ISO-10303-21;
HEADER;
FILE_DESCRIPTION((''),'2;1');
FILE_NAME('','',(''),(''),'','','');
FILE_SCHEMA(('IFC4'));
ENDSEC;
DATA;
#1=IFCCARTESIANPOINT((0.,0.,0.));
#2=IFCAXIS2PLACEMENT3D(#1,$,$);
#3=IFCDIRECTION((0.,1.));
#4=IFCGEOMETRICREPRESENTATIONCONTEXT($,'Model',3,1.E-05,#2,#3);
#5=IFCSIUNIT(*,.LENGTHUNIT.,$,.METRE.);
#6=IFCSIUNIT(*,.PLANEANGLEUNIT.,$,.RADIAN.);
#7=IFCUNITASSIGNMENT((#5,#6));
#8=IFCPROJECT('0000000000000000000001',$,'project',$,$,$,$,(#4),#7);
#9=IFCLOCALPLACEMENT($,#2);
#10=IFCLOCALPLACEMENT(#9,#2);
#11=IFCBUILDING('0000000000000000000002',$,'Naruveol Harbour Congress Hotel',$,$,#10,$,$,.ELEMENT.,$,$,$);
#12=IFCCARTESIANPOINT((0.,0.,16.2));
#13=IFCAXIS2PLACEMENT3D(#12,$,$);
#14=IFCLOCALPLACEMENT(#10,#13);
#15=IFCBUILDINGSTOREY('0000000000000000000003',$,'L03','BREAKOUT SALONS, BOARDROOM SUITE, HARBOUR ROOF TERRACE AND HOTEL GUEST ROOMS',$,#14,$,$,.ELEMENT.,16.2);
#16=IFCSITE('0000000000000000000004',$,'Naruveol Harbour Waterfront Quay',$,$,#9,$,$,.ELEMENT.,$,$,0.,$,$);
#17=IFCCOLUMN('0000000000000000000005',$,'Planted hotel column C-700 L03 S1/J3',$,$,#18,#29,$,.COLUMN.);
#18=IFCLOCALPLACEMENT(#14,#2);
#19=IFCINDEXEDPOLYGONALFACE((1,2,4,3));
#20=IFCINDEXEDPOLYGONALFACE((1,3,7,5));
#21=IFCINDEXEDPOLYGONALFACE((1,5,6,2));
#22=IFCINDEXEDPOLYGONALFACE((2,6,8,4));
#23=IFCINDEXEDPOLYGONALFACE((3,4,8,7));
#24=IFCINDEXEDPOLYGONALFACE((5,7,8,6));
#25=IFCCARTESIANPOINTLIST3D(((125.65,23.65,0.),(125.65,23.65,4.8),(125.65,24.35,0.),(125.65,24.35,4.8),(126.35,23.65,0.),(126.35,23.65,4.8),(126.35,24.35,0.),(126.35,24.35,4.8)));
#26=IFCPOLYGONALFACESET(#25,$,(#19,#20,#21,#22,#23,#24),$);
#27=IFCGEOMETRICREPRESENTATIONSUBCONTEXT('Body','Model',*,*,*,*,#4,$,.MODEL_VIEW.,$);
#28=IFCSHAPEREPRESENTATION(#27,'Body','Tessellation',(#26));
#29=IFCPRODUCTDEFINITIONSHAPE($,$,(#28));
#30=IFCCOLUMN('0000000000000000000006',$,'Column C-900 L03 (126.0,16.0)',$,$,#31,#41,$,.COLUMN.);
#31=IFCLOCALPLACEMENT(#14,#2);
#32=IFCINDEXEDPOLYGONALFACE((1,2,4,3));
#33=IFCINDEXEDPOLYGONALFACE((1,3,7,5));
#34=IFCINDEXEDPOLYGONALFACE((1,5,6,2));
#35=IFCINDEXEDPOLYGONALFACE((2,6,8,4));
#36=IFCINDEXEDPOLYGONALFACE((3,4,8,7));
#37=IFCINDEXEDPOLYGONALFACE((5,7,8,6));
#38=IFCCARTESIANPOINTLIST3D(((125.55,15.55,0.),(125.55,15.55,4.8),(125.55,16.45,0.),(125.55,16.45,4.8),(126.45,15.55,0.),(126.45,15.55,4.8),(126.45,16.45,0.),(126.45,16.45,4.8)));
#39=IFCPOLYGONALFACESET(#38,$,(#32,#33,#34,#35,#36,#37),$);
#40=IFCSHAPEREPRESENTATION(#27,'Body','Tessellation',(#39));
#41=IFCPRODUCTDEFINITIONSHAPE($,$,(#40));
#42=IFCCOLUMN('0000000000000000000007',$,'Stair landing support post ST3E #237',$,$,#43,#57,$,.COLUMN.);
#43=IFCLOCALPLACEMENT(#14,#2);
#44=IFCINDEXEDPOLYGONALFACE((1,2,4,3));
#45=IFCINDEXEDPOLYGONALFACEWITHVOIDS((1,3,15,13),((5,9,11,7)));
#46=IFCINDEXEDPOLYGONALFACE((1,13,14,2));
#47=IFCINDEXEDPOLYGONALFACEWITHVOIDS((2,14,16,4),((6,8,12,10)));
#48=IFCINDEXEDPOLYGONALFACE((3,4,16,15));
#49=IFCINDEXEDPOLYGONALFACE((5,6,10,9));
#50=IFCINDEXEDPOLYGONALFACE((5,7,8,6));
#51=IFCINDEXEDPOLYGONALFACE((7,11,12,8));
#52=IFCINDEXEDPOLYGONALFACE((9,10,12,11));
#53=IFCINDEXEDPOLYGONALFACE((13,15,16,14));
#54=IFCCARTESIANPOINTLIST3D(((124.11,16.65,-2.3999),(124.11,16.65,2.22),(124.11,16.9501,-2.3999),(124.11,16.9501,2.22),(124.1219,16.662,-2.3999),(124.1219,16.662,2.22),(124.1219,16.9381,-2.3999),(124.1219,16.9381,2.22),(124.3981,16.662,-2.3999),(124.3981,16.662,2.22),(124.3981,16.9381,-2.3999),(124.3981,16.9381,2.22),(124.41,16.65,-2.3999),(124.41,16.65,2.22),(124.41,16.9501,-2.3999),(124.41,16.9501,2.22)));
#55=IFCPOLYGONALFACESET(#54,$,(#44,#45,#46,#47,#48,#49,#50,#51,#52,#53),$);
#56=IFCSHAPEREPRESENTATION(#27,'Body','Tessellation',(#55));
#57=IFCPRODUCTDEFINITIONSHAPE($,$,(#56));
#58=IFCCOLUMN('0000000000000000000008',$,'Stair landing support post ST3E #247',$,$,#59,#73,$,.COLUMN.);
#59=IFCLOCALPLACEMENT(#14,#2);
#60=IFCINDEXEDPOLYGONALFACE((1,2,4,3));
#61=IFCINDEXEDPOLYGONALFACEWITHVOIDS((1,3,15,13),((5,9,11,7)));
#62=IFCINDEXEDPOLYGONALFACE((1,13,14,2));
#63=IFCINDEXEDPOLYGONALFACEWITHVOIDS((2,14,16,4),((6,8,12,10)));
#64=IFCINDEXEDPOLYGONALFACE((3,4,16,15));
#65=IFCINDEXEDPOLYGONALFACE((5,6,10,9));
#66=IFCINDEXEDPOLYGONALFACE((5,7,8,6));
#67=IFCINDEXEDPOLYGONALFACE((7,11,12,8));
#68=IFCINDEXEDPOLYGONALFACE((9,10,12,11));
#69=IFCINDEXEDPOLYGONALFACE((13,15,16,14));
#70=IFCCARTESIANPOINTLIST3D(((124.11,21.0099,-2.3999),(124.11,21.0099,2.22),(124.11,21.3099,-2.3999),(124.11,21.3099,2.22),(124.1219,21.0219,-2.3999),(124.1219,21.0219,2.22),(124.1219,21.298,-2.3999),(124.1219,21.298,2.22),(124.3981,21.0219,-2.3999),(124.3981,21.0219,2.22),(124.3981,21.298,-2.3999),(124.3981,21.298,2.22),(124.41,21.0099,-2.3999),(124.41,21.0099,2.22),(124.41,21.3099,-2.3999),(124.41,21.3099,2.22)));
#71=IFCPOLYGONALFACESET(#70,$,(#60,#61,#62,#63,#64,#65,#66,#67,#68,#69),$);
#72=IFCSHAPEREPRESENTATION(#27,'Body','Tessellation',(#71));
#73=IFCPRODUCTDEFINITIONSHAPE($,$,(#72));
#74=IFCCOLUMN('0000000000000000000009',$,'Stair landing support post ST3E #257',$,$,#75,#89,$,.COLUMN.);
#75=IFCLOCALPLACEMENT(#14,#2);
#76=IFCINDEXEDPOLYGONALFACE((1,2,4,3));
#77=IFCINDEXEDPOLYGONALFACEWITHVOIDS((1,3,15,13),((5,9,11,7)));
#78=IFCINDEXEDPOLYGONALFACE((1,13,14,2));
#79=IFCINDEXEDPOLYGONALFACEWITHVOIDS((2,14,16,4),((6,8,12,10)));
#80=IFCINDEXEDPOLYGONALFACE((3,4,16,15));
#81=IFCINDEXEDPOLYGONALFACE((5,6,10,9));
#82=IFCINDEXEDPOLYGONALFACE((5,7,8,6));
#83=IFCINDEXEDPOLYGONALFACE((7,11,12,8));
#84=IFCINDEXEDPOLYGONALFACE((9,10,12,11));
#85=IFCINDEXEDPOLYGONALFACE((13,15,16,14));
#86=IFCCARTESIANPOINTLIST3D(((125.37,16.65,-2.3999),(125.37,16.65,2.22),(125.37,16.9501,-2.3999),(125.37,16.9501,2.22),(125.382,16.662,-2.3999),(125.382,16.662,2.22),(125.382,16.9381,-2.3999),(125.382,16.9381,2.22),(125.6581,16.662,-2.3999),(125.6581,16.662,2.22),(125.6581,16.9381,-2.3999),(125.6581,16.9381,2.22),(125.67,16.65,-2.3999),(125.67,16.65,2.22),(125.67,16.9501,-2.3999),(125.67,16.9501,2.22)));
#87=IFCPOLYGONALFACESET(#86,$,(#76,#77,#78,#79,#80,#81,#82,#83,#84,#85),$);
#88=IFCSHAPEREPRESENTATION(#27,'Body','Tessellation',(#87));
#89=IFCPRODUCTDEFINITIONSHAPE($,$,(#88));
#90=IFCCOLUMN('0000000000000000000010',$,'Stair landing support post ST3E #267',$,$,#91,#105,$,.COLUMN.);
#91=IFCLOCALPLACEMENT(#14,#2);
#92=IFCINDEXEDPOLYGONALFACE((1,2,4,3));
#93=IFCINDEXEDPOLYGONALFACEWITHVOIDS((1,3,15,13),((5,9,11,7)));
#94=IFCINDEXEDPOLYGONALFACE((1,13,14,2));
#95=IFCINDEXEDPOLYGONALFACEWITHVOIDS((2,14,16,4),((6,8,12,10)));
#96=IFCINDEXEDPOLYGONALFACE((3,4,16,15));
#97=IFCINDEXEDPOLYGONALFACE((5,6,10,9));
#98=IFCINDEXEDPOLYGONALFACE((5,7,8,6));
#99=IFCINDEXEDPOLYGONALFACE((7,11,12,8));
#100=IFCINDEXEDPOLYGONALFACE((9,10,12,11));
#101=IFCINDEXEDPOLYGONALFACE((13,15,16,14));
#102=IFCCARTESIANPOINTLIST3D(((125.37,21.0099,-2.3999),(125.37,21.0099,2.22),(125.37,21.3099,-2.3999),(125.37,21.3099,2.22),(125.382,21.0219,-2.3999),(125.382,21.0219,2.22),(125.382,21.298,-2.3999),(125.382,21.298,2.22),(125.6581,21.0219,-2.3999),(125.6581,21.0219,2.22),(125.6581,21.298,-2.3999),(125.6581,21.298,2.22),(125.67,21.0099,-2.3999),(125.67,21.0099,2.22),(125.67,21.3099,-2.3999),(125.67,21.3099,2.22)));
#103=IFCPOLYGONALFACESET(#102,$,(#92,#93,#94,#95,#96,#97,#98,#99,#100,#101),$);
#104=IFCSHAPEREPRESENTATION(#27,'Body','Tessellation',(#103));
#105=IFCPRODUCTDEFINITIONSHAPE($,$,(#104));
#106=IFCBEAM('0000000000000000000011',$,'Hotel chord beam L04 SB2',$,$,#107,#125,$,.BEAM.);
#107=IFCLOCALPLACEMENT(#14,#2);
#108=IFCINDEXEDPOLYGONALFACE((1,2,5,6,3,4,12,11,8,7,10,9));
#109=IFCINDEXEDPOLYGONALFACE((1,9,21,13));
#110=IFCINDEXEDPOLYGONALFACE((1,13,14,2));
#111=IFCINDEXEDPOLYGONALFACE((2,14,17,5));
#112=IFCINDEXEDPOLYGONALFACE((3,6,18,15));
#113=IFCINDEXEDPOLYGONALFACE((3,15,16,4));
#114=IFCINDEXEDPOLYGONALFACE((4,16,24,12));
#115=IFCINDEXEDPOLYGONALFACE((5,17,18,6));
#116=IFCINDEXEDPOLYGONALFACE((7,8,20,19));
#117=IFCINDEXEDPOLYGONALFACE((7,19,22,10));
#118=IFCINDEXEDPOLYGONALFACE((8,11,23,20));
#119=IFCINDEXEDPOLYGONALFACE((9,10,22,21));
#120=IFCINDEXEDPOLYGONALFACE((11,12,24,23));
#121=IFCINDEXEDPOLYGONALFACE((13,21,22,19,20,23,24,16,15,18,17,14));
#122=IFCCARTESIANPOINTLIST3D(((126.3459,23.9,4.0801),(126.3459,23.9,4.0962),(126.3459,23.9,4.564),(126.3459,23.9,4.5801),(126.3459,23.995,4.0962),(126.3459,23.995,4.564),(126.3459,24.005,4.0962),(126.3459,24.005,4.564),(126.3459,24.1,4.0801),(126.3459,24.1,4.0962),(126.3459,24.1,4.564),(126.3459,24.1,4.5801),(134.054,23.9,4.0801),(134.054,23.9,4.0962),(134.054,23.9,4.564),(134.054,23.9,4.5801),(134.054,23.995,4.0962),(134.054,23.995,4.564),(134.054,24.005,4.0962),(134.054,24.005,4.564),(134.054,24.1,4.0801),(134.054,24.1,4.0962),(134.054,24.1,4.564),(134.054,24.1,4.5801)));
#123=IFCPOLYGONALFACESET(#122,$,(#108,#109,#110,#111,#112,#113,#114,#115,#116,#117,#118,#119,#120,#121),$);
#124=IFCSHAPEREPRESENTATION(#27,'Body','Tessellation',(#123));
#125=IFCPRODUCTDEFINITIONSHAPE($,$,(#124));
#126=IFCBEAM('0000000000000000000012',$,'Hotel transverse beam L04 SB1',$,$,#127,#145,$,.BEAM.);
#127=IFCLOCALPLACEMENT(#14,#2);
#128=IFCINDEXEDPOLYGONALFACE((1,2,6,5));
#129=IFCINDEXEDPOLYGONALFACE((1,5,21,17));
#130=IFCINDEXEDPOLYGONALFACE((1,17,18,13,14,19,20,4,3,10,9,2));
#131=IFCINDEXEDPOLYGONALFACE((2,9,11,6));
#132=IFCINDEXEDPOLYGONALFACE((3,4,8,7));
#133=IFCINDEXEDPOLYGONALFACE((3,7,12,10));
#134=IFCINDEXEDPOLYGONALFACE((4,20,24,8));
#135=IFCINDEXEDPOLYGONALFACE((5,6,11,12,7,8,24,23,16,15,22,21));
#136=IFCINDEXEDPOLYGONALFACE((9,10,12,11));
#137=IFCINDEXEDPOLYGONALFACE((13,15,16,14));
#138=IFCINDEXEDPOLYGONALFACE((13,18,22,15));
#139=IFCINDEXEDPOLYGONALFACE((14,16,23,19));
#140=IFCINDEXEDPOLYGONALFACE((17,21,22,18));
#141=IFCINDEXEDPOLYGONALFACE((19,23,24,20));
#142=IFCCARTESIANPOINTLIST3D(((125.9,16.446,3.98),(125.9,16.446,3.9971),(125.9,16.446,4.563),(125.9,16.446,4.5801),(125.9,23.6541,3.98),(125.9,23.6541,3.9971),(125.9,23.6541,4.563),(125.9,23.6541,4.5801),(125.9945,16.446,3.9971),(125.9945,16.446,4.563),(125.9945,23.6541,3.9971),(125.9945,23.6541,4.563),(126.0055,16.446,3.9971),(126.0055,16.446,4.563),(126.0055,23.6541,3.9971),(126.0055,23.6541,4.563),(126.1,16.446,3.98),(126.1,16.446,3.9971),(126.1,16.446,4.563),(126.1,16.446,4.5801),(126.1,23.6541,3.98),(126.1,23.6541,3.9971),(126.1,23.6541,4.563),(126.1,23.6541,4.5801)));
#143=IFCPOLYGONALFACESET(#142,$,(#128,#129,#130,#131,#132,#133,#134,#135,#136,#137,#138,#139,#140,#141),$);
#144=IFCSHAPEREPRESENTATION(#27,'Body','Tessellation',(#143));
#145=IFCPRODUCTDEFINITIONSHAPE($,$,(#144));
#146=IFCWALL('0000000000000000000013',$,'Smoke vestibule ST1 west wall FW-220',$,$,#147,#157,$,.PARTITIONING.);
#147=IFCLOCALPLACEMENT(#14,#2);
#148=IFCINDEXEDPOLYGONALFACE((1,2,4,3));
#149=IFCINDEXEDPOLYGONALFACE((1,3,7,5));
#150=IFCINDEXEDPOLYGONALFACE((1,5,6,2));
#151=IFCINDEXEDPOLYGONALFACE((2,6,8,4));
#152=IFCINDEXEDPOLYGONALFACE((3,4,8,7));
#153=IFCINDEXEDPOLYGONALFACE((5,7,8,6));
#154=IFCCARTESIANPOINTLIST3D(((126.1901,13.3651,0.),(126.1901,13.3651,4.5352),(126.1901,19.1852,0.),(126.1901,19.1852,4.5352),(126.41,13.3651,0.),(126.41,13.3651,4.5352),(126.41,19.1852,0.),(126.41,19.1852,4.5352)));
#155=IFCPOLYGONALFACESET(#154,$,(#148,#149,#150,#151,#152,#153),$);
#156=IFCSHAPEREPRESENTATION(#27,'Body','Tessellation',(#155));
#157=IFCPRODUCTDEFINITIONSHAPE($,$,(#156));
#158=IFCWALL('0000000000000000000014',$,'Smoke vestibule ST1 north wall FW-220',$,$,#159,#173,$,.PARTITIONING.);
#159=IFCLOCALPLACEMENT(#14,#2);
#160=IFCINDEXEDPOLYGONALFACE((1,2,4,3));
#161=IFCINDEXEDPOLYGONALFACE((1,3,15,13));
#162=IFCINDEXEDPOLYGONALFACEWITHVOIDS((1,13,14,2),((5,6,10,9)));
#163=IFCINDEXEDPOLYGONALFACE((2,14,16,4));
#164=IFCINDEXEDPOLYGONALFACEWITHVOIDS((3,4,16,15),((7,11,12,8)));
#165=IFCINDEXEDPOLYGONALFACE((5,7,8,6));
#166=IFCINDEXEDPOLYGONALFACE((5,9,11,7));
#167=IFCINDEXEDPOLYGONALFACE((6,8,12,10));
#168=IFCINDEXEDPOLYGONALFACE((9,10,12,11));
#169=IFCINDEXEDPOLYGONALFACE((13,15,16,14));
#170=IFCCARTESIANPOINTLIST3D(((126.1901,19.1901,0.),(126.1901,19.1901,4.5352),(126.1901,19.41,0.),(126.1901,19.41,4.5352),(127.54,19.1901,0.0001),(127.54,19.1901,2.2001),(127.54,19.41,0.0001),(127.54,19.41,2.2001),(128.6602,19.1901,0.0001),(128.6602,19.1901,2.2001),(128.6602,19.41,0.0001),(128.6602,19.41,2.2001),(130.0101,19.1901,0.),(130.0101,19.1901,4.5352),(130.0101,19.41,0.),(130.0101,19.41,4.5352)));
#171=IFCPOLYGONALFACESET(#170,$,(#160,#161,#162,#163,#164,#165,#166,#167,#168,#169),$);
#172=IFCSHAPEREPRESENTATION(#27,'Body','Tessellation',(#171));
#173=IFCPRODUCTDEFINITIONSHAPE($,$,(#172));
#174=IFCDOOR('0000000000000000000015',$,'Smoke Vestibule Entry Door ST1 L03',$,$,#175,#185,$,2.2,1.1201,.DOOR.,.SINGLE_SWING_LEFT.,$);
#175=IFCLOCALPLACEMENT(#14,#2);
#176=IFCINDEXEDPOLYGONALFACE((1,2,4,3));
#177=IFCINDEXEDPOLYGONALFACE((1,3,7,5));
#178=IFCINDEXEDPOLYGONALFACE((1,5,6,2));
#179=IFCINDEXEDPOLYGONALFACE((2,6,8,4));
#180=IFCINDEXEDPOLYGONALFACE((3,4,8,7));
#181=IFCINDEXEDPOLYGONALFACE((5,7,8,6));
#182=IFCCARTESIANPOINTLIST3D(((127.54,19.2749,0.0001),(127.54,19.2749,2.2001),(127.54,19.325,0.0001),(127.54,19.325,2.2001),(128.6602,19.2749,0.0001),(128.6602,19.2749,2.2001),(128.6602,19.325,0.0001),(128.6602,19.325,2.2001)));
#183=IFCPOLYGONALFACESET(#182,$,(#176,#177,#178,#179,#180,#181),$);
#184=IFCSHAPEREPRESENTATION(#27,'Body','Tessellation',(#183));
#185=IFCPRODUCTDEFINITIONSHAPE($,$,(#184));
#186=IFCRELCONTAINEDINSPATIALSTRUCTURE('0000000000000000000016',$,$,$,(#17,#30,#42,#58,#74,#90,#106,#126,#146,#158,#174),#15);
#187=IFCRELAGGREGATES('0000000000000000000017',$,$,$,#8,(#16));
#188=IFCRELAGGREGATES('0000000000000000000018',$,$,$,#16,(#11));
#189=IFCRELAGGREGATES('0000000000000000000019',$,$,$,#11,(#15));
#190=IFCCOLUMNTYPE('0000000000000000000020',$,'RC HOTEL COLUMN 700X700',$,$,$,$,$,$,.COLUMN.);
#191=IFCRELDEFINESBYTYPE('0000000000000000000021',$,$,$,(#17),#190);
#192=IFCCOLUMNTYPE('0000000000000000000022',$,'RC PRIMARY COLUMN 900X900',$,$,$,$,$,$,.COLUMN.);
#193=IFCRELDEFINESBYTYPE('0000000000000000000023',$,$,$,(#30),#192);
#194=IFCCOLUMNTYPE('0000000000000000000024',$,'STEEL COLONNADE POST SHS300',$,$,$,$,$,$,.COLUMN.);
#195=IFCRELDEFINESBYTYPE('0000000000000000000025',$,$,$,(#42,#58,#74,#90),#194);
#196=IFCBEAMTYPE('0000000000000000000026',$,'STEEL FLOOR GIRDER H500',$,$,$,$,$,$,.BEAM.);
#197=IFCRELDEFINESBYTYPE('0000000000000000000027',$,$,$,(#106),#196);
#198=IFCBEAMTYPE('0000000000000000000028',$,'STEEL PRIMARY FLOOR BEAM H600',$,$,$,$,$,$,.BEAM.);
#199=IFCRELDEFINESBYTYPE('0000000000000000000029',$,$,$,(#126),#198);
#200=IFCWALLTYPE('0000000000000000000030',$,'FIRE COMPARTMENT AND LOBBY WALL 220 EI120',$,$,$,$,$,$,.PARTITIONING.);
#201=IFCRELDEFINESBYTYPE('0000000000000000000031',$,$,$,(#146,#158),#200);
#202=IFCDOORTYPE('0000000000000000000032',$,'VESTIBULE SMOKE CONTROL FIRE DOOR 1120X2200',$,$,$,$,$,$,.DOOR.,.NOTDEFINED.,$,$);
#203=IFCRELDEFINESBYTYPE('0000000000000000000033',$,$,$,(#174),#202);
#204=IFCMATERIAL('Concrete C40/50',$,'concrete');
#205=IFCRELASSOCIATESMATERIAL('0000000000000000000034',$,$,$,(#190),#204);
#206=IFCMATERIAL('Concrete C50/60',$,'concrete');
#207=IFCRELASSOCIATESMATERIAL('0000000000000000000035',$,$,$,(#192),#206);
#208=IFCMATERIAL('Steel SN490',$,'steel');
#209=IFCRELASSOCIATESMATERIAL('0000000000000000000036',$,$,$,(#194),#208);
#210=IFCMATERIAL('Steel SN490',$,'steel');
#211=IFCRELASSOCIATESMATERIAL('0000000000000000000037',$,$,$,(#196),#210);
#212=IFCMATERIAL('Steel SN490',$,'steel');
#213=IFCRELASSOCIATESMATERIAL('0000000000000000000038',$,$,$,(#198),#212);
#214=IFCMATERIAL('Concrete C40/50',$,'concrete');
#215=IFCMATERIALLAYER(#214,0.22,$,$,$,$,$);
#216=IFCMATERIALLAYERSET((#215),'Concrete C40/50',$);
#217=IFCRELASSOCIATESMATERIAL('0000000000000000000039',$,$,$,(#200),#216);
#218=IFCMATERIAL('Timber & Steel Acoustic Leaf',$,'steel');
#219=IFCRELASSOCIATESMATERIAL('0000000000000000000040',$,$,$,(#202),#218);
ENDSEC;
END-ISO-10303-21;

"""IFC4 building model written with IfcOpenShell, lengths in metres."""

from ifc_helpers import new_model, si_unit, direction, frame, frame_2d, origin, origin_2d, place, context, subcontext, project, spatial, rectangle, hollow_rectangle, i_section, extrude, material, layer, layer_set, material_profile, profile_set, type_object, element, fill, save


model = new_model("IFC4")

# Units and contexts
model_context = context("Model", 3, precision=1e-05, world=origin(), true_north=direction((0.0, 1.0)))
body_context = subcontext(model_context, "Body", "Model", "MODEL_VIEW")
ifc_project = project(units=[si_unit("LENGTHUNIT", "METRE"), si_unit("PLANEANGLEUNIT", "RADIAN")], contexts=[model_context])

# Site, building, storey
site_placement = place(None, origin())
site = spatial("IfcSite", under=ifc_project, at=site_placement, Name="Naruveol Harbour Waterfront Quay", CompositionType="ELEMENT", RefElevation=0.0)
building_placement = place(site_placement, origin())
building = spatial("IfcBuilding", under=site, at=building_placement, Name="Naruveol Harbour Congress Hotel", CompositionType="ELEMENT")
storey_placement = place(building_placement, frame((0.0, 0.0, 16.2)))
storey = spatial("IfcBuildingStorey", under=building, at=storey_placement, Name="L03", Description="BREAKOUT SALONS, BOARDROOM SUITE, HARBOUR ROOF TERRACE AND HOTEL GUEST ROOMS", CompositionType="ELEMENT", Elevation=16.2)

# Columns
ifc_material_1 = material(Name="Concrete C40/50", Category="concrete")
ifc_material_profile_1 = material_profile(ifc_material_1, rectangle(XDim=0.7, YDim=0.7, at=origin_2d()), Name="RC-700x700")
ifc_profile_set_1 = profile_set([ifc_material_profile_1], Name="Concrete C40/50")
column_type_1 = type_object("IfcColumnType", Name="RC HOTEL COLUMN 700X700", PredefinedType="COLUMN", material=ifc_profile_set_1)
column_1_placement = place(storey_placement, frame((126.0, 24.0, 0.0), z_axis=(0.0, 0.0, 1.0), x_axis=(1.0, 0.0, 0.0)))
element("IfcColumn", 1, at=column_1_placement, inside=storey, type_object=column_type_1, Name="Planted hotel column C-700 L03 S1/J3", PredefinedType="COLUMN", context=body_context, shape_type="SweptSolid", body=[
    extrude(rectangle(XDim=0.7, YDim=0.7, at=origin_2d()), origin(), (0.0, 0.0, 1.0), 4.8),
])
ifc_material_2 = material(Name="Concrete C50/60", Category="concrete")
ifc_material_profile_2 = material_profile(ifc_material_2, rectangle(XDim=0.8999, YDim=0.8999, at=origin_2d()), Name="RC-900x900")
ifc_profile_set_2 = profile_set([ifc_material_profile_2], Name="Concrete C50/60")
column_type_2 = type_object("IfcColumnType", Name="RC PRIMARY COLUMN 900X900", PredefinedType="COLUMN", material=ifc_profile_set_2)
column_2_placement = place(storey_placement, frame((126.0, 16.0, 0.0), z_axis=(0.0, 0.0, 1.0), x_axis=(1.0, 0.0, 0.0)))
element("IfcColumn", 2, at=column_2_placement, inside=storey, type_object=column_type_2, Name="Column C-900 L03 (126.0,16.0)", PredefinedType="COLUMN", context=body_context, shape_type="SweptSolid", body=[
    extrude(rectangle(XDim=0.8999, YDim=0.8999, at=origin_2d()), origin(), (0.0, 0.0, 1.0), 4.8),
])
ifc_material_3 = material(Name="Steel SN490", Category="steel")
ifc_material_profile_3 = material_profile(ifc_material_3, hollow_rectangle(XDim=0.3, YDim=0.3, WallThickness=0.012, at=origin_2d()), Name="SHS-300x300x12")
ifc_profile_set_3 = profile_set([ifc_material_profile_3], Name="Steel SN490")
column_type_3 = type_object("IfcColumnType", Name="STEEL COLONNADE POST SHS300", PredefinedType="COLUMN", material=ifc_profile_set_3)
for number, where, z_axis, x_axis, name in (
    (3, (124.26, 16.8, -2.3999), (0.0, 0.0, 1.0), (1.0, 0.0, 0.0), "Stair landing support post ST3E #237"),
    (4, (124.26, 21.1599, -2.3999), (0.0, 0.0, 1.0), (1.0, 0.0, 0.0), "Stair landing support post ST3E #247"),
    (5, (125.52, 16.8, -2.3999), (0.0, 0.0, 1.0), (1.0, 0.0, 0.0), "Stair landing support post ST3E #257"),
    (6, (125.52, 21.1599, -2.3999), (0.0, 0.0, 1.0), (1.0, 0.0, 0.0), "Stair landing support post ST3E #267"),
):
    element("IfcColumn", number, at=place(storey_placement, frame(where, z_axis=z_axis, x_axis=x_axis)), inside=storey, type_object=column_type_3, Name=name, PredefinedType="COLUMN", context=body_context, shape_type="SweptSolid", body=[
        extrude(hollow_rectangle(XDim=0.3, YDim=0.3, WallThickness=0.012, at=origin_2d()), origin(), (0.0, 0.0, 1.0), 4.6199),
    ])

# Beams
ifc_material_4 = material(Name="Steel SN490", Category="steel")
ifc_material_profile_4 = material_profile(ifc_material_4, i_section(OverallWidth=0.2, OverallDepth=0.5, WebThickness=0.01, FlangeThickness=0.0161, at=origin_2d()), Name="H-500x200x10x16")
ifc_profile_set_4 = profile_set([ifc_material_profile_4], Name="Steel SN490")
beam_type_1 = type_object("IfcBeamType", Name="STEEL FLOOR GIRDER H500", PredefinedType="BEAM", material=ifc_profile_set_4)
beam_1_placement = place(storey_placement, frame((126.3459, 24.0, 4.3301), z_axis=(1.0, 0.0, 0.0), x_axis=(0.0, 1.0, 0.0)))
element("IfcBeam", 7, at=beam_1_placement, inside=storey, type_object=beam_type_1, Name="Hotel chord beam L04 SB2", PredefinedType="BEAM", context=body_context, shape_type="SweptSolid", body=[
    extrude(i_section(OverallWidth=0.2, OverallDepth=0.5, WebThickness=0.01, FlangeThickness=0.0161, at=origin_2d()), origin(), (0.0, 0.0, 1.0), 7.708),
])
ifc_material_5 = material(Name="Steel SN490", Category="steel")
ifc_material_profile_5 = material_profile(ifc_material_5, i_section(OverallWidth=0.2, OverallDepth=0.6001, WebThickness=0.011, FlangeThickness=0.0171, at=origin_2d()), Name="H-600x200x11x17")
ifc_profile_set_5 = profile_set([ifc_material_profile_5], Name="Steel SN490")
beam_type_2 = type_object("IfcBeamType", Name="STEEL PRIMARY FLOOR BEAM H600", PredefinedType="BEAM", material=ifc_profile_set_5)
beam_2_placement = place(storey_placement, frame((126.0, 16.446, 4.28), z_axis=(0.0, 1.0, 0.0), x_axis=(-1.0, 0.0, 0.0)))
element("IfcBeam", 8, at=beam_2_placement, inside=storey, type_object=beam_type_2, Name="Hotel transverse beam L04 SB1", PredefinedType="BEAM", context=body_context, shape_type="SweptSolid", body=[
    extrude(i_section(OverallWidth=0.2, OverallDepth=0.6001, WebThickness=0.011, FlangeThickness=0.0171, at=origin_2d()), origin(), (0.0, 0.0, 1.0), 7.208),
])

# Wall
ifc_material_6 = material(Name="Concrete C40/50", Category="concrete")
ifc_layer_1 = layer(ifc_material_6, 0.22)
ifc_layer_set_1 = layer_set([ifc_layer_1], Name="Concrete C40/50")
wall_type_1 = type_object("IfcWallType", Name="FIRE COMPARTMENT AND LOBBY WALL 220 EI120", PredefinedType="PARTITIONING", material=ifc_layer_set_1)
wall_1_placement = place(storey_placement, frame((126.3, 13.365, 0.0), z_axis=(0.0, 0.0, 1.0), x_axis=(0.0, 1.0, 0.0)))
element("IfcWall", 9, at=wall_1_placement, inside=storey, type_object=wall_type_1, Name="Smoke vestibule ST1 west wall FW-220", PredefinedType="PARTITIONING", context=body_context, shape_type="SweptSolid", body=[
    extrude(rectangle(XDim=5.8201, YDim=0.22, at=frame_2d((2.9102, 0.0))), origin(), (0.0, 0.0, 1.0), 4.5352),
])

# Wall, opening, door
wall_2_placement = place(storey_placement, frame((126.1899, 19.3, 0.0), z_axis=(0.0, 0.0, 1.0), x_axis=(1.0, 0.0, 0.0)))
wall_2 = element("IfcWall", 10, at=wall_2_placement, inside=storey, type_object=wall_type_1, Name="Smoke vestibule ST1 north wall FW-220", PredefinedType="PARTITIONING", context=body_context, shape_type="SweptSolid", body=[
    extrude(rectangle(XDim=3.8201, YDim=0.22, at=frame_2d((1.9102, 0.0))), origin(), (0.0, 0.0, 1.0), 4.5352),
])
opening_placement = place(wall_2_placement, frame((1.3501, 0.0, 0.0)))
opening = element("IfcOpeningElement", 11, at=opening_placement, cuts=wall_2, PredefinedType="OPENING", context=body_context, shape_type="SweptSolid", body=[
    extrude(rectangle(XDim=1.1201, YDim=2.2, at=frame_2d((0.5601, 1.1001))), frame((0.0, 0.1199, 0.0), z_axis=(0.0, -1.0, 0.0), x_axis=(1.0, 0.0, 0.0)), (0.0, 0.0, 1.0), 0.24),
])
ifc_material_7 = material(Name="Timber & Steel Acoustic Leaf", Category="steel")
door_type = type_object("IfcDoorType", Name="VESTIBULE SMOKE CONTROL FIRE DOOR 1120X2200", OperationType="NOTDEFINED", PredefinedType="DOOR", material=ifc_material_7)
door_placement = place(opening_placement, origin())
door = element("IfcDoor", 12, at=door_placement, inside=storey, type_object=door_type, Name="Smoke Vestibule Entry Door ST1 L03", OperationType="SINGLE_SWING_LEFT", OverallHeight=2.2, OverallWidth=1.1201, PredefinedType="DOOR", context=body_context, shape_type="SweptSolid", body=[
    extrude(rectangle(XDim=1.1201, YDim=2.2, at=frame_2d((0.5601, 1.1001))), frame((0.0, 0.0249, 0.0), z_axis=(0.0, -1.0, 0.0), x_axis=(1.0, 0.0, 0.0)), (0.0, 0.0, 1.0), 0.05),
])
fill(opening, door)

save(model, "model.ifc")
